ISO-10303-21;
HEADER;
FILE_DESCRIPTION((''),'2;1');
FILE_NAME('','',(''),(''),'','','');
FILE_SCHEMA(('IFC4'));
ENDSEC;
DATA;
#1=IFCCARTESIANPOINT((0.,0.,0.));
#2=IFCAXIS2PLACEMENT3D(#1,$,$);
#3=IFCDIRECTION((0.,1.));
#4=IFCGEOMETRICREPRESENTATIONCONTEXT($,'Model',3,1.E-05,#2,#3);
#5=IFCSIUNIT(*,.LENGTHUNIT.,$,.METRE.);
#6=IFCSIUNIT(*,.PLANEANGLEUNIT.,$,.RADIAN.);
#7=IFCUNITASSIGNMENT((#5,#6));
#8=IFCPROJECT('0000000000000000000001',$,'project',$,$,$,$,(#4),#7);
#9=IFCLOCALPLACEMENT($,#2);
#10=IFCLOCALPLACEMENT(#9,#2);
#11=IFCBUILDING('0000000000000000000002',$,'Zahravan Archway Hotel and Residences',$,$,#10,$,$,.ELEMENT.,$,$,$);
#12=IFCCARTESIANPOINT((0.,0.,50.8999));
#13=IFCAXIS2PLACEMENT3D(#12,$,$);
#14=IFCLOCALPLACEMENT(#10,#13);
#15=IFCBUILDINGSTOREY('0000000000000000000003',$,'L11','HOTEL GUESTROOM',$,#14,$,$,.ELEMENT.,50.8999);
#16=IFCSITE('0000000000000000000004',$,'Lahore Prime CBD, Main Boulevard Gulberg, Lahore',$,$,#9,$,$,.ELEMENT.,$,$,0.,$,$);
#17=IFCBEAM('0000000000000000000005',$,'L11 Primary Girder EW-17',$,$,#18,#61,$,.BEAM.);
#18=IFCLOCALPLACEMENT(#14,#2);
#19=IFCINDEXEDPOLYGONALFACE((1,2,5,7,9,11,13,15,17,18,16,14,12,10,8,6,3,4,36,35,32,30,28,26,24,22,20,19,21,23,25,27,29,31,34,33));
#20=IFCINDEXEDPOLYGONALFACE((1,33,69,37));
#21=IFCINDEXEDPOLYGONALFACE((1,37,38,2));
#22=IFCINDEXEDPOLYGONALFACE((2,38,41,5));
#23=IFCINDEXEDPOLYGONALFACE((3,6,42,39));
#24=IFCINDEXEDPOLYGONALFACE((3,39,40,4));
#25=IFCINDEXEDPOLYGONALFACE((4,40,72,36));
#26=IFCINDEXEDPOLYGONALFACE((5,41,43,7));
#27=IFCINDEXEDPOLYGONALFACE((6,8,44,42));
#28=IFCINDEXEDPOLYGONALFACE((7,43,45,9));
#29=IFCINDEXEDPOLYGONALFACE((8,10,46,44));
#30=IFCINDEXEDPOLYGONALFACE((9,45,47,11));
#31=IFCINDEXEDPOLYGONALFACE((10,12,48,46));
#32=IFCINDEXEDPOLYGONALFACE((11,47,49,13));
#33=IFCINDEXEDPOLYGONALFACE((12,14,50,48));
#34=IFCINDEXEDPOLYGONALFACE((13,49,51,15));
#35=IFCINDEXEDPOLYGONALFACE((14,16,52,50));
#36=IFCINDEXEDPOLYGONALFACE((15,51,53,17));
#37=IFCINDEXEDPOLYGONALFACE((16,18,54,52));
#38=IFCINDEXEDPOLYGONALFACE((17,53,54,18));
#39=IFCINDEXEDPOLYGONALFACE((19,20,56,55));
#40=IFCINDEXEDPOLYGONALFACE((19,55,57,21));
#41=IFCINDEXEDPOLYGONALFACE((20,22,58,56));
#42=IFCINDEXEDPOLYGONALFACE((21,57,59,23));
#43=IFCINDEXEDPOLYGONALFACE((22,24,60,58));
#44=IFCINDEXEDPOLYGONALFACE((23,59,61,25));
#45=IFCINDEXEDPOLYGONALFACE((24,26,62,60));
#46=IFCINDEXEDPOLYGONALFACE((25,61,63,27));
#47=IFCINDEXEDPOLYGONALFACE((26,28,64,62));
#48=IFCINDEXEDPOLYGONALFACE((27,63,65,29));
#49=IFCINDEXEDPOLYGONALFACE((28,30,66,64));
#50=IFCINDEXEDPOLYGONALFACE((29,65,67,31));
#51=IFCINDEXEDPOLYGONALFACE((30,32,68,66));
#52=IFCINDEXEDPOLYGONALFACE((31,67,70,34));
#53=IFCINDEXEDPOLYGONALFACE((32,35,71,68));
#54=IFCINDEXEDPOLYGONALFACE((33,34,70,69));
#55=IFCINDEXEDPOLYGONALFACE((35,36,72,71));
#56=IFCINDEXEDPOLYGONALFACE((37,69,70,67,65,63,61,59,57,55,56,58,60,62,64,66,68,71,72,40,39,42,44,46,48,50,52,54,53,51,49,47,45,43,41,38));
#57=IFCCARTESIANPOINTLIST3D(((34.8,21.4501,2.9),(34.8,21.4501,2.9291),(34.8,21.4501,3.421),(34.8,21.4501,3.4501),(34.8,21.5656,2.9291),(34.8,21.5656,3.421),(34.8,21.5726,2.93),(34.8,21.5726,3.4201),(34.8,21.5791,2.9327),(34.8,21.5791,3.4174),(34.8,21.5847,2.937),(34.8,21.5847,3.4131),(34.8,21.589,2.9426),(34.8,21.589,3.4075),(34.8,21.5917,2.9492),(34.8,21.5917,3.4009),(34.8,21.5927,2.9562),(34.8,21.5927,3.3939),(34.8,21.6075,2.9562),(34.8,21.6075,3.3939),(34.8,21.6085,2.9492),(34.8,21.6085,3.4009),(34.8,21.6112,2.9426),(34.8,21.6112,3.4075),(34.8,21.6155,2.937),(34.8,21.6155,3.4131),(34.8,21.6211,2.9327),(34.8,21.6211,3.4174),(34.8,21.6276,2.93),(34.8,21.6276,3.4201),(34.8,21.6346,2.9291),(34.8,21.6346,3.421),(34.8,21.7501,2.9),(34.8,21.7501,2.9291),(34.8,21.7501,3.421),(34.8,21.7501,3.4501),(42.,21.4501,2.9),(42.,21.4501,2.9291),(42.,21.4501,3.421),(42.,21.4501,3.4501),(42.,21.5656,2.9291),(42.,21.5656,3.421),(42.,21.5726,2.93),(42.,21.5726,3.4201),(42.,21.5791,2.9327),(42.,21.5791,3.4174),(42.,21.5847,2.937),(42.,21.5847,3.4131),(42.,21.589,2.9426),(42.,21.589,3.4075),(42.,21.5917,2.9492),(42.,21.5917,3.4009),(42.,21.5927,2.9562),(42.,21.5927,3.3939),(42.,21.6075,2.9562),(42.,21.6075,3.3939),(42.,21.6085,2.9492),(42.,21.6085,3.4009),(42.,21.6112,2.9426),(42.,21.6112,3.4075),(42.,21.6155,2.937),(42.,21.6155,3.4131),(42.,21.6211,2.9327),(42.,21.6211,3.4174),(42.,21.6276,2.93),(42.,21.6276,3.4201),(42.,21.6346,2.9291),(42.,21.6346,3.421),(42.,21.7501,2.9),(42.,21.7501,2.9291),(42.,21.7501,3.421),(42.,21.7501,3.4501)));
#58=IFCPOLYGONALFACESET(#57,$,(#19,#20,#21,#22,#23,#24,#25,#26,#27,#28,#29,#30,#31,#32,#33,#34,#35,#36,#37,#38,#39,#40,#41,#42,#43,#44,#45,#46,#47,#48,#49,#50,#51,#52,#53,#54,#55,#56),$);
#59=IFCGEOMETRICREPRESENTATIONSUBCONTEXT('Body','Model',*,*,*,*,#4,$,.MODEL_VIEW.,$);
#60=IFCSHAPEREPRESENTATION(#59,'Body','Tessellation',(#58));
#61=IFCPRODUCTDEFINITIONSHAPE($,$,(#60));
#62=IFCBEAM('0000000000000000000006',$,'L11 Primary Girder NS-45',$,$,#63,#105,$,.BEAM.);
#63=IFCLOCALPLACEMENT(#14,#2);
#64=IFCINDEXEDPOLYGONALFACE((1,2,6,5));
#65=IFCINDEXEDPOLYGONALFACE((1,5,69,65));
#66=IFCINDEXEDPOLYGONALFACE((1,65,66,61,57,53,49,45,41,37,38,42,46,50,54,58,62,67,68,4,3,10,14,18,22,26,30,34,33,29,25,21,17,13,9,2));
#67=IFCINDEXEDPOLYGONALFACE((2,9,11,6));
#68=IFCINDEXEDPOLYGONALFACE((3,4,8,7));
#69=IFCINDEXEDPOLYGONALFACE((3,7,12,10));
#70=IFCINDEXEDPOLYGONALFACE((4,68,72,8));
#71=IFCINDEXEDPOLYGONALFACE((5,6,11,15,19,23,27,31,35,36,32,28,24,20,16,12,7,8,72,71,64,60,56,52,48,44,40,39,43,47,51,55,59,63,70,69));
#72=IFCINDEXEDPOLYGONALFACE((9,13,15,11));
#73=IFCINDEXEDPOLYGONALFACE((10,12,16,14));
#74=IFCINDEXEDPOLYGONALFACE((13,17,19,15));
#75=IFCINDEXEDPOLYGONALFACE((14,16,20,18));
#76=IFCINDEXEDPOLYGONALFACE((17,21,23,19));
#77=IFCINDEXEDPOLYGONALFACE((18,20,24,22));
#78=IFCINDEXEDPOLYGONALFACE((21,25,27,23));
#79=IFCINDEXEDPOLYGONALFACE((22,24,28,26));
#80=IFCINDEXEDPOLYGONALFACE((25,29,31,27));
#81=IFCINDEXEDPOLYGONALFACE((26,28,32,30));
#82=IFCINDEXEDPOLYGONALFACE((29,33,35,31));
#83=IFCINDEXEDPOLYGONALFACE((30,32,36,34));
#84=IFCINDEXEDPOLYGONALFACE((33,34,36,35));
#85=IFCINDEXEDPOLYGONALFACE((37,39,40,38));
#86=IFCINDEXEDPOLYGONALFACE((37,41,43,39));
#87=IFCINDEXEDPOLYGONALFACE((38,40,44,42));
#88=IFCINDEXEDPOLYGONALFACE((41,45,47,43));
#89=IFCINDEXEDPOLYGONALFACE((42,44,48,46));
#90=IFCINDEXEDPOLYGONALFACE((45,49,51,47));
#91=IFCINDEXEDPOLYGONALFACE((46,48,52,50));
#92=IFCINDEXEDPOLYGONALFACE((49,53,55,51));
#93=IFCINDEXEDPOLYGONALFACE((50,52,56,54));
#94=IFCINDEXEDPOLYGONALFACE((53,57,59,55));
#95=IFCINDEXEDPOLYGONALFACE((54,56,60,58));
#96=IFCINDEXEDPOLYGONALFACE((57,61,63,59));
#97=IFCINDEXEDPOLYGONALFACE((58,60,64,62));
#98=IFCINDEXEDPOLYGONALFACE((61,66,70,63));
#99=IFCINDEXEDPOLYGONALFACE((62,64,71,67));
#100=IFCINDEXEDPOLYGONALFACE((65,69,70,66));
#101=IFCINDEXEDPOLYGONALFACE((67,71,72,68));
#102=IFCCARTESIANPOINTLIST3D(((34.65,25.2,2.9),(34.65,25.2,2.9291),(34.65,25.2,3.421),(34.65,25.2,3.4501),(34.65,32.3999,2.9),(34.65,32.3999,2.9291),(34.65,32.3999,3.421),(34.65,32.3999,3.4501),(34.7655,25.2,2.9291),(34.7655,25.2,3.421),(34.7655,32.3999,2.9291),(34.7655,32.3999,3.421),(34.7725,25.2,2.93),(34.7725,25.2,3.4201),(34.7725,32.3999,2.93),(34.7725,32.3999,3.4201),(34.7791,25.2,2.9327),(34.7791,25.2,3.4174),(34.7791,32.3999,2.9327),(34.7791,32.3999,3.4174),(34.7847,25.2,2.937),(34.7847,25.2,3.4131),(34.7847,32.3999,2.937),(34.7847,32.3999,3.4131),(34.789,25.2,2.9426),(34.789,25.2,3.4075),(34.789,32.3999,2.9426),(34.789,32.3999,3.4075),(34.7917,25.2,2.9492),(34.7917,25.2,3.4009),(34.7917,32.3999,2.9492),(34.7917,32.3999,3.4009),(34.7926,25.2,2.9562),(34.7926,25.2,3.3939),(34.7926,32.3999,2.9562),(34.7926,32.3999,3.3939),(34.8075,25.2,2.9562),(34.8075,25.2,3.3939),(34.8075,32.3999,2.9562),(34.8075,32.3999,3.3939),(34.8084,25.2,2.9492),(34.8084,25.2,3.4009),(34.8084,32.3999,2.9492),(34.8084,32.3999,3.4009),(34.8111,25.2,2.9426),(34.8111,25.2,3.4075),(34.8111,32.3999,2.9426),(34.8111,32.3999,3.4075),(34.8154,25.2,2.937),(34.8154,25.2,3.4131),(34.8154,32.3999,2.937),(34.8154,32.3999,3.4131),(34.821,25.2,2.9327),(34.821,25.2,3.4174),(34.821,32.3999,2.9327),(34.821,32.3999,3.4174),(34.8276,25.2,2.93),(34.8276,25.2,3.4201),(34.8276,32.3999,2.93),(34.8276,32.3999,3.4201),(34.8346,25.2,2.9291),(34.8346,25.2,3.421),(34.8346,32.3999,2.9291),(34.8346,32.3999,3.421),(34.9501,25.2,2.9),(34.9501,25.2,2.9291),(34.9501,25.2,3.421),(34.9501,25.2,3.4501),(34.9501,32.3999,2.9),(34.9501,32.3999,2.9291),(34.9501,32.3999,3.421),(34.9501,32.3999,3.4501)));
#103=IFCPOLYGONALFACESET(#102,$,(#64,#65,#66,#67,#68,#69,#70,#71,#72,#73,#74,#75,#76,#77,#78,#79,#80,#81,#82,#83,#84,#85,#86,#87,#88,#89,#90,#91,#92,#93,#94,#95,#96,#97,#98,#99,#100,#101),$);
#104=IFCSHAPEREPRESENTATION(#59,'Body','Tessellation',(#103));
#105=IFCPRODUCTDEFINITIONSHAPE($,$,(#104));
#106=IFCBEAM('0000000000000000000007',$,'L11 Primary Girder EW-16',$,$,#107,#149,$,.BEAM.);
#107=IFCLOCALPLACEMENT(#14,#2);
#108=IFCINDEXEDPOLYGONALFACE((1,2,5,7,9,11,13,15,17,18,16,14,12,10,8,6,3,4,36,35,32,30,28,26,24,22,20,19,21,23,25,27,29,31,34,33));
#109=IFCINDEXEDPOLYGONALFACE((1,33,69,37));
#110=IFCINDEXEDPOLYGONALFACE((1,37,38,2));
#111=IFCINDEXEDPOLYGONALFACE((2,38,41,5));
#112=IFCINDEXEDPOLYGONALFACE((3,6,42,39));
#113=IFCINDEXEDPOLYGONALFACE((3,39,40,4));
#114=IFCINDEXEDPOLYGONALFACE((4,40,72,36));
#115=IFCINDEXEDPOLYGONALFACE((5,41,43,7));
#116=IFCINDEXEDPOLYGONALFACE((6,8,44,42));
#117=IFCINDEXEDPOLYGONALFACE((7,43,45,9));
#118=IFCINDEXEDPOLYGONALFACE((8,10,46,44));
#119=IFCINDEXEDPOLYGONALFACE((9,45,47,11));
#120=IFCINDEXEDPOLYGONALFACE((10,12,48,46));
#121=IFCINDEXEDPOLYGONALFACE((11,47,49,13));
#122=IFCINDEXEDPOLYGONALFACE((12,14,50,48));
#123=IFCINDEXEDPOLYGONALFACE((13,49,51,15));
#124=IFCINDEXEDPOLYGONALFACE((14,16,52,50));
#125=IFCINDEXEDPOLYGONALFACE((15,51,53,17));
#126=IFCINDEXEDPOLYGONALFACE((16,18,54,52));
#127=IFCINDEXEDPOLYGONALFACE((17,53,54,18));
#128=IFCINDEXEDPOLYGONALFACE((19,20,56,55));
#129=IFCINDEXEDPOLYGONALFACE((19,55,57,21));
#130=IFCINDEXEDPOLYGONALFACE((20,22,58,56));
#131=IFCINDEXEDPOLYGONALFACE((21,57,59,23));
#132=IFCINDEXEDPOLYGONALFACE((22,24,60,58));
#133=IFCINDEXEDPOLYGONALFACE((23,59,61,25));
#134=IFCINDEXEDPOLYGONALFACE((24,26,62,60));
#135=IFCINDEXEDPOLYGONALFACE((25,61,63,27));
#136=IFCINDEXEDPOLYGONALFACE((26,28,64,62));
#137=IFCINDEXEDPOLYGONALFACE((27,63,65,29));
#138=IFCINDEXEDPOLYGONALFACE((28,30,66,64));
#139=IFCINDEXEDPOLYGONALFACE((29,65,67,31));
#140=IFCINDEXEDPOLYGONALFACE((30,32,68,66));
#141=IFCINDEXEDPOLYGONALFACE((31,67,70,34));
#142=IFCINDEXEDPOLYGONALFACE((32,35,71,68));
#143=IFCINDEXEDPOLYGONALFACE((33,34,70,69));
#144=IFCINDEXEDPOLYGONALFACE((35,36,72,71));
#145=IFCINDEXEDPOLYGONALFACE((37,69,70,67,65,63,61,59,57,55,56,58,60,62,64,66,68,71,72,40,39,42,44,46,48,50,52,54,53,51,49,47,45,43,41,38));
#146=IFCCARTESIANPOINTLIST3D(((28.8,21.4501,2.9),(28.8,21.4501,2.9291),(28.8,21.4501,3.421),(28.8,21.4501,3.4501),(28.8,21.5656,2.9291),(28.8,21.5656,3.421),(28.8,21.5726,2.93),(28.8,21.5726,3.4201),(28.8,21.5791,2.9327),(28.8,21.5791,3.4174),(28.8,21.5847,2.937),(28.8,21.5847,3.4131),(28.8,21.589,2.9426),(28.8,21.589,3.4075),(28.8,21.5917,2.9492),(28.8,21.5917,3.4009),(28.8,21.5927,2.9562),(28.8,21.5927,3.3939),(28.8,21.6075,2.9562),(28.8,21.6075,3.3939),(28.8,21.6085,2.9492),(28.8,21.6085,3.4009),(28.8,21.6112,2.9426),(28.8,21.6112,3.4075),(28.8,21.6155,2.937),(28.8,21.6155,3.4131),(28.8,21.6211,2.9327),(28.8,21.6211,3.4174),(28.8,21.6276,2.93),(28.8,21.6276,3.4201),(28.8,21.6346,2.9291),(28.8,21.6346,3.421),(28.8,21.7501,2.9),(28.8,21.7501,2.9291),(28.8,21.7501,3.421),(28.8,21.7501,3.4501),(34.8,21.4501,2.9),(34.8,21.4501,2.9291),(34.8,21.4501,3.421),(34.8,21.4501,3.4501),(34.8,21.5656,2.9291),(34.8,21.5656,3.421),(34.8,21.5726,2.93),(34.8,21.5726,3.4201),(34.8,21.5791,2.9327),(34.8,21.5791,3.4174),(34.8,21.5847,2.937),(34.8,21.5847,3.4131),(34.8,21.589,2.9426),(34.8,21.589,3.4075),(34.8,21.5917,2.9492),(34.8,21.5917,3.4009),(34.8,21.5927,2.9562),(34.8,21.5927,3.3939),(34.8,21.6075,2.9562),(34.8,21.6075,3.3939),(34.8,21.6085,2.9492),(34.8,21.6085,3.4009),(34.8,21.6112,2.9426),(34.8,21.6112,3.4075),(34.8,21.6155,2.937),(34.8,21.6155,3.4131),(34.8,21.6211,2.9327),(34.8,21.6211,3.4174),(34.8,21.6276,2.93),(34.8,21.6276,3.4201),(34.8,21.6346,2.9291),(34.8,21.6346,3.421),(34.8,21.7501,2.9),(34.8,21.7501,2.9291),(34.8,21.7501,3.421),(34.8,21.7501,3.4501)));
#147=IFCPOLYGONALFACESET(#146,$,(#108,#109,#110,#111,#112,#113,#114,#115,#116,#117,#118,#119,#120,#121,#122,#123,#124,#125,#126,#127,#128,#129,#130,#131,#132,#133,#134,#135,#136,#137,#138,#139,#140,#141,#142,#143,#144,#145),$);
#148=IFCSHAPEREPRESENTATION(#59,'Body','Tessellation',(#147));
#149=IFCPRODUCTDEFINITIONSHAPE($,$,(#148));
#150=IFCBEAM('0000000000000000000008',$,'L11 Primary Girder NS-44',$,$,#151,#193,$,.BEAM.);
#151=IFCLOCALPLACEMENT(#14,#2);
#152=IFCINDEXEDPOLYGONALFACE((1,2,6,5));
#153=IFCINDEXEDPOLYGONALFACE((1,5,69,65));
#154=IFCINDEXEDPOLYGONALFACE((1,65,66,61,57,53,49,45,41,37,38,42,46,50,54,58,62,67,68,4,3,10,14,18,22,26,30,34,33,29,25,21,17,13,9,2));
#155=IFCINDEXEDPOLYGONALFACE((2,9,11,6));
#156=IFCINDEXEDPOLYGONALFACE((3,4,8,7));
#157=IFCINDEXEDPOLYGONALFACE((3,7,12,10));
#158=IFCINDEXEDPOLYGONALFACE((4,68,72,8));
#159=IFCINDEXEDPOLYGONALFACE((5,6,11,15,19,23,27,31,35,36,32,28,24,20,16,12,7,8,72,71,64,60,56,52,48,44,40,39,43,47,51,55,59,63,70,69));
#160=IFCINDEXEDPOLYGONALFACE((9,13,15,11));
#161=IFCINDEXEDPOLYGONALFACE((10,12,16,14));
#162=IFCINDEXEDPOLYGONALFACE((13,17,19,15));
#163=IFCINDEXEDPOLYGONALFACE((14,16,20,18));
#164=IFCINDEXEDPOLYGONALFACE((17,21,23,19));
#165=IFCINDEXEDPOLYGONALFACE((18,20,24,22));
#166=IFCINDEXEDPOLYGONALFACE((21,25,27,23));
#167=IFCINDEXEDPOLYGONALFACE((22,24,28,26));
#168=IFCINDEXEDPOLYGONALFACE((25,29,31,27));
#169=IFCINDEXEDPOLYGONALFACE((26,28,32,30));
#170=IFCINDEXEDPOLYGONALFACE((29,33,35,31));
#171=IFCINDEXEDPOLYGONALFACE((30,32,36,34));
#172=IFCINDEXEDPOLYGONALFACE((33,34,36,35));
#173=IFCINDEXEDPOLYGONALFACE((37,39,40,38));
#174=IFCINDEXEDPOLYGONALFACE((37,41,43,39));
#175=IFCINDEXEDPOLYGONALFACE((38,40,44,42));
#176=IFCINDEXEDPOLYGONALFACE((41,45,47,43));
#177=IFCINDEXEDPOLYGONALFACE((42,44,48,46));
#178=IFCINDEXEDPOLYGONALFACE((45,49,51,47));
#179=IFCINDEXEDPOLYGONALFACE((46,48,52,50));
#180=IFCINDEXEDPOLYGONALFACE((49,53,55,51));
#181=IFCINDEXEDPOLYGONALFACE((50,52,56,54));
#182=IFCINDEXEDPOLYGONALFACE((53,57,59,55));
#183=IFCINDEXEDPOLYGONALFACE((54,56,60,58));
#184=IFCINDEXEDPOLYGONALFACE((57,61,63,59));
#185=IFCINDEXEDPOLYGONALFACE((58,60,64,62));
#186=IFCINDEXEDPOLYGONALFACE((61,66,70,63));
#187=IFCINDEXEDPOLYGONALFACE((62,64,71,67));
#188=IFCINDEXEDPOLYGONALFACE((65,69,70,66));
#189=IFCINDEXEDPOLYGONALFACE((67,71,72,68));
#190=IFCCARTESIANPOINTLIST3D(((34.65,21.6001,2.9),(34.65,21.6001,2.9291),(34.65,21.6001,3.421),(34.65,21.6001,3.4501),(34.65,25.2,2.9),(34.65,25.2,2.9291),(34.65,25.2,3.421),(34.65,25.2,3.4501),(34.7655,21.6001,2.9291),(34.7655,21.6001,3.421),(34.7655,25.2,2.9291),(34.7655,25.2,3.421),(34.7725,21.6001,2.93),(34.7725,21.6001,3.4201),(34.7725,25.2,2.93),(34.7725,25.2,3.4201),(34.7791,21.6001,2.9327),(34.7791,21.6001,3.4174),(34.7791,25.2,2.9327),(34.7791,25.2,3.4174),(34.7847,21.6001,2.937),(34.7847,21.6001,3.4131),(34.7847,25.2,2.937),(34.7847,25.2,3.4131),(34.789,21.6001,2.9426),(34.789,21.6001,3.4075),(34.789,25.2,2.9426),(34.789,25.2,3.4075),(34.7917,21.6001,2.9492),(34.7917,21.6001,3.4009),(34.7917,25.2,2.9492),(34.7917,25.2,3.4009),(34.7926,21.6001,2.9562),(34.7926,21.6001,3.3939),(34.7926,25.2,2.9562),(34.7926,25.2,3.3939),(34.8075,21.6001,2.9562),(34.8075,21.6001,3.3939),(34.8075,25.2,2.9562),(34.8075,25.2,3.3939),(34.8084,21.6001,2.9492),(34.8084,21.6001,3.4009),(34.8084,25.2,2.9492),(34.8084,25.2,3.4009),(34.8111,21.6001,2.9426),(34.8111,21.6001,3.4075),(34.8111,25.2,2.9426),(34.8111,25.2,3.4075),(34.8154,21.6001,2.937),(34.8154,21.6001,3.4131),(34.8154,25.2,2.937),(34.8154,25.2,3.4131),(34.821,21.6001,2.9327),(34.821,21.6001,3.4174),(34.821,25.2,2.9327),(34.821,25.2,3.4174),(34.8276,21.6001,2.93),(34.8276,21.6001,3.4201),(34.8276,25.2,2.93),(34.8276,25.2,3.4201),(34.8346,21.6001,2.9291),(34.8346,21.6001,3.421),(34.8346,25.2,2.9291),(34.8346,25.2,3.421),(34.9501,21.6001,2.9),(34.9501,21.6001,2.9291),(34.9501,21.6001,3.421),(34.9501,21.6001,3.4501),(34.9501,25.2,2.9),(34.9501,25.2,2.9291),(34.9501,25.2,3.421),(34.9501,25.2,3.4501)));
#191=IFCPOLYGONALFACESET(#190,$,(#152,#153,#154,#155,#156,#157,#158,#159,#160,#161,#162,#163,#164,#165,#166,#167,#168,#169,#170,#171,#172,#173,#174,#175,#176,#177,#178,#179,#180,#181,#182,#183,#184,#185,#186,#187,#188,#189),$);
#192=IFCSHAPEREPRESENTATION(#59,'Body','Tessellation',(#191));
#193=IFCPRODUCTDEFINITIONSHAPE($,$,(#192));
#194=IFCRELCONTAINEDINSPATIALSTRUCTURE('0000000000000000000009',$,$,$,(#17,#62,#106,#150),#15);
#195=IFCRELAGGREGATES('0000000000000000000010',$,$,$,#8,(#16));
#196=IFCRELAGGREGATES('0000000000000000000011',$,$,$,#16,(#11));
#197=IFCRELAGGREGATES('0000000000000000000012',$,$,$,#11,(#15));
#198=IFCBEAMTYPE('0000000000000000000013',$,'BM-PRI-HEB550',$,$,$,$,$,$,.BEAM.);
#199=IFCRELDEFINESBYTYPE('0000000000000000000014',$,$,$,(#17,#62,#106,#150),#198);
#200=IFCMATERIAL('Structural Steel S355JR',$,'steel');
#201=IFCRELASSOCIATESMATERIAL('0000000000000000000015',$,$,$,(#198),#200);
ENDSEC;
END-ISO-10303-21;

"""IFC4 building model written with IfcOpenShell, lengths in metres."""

from ifc_helpers import new_model, si_unit, direction, frame, origin, origin_2d, place, context, subcontext, project, spatial, i_section, extrude, source, transform, mapped, material, material_profile, profile_set, type_object, element, save


model = new_model("IFC4")

# Units and contexts
model_context = context("Model", 3, precision=1e-05, world=origin(), true_north=direction((0.0, 1.0)))
body_context = subcontext(model_context, "Body", "Model", "MODEL_VIEW")
ifc_project = project(units=[si_unit("LENGTHUNIT", "METRE"), si_unit("PLANEANGLEUNIT", "RADIAN")], contexts=[model_context])

# Site, building, storey
site_placement = place(None, origin())
site = spatial("IfcSite", under=ifc_project, at=site_placement, Name="Lahore Prime CBD, Main Boulevard Gulberg, Lahore", CompositionType="ELEMENT", RefElevation=0.0)
building_placement = place(site_placement, origin())
building = spatial("IfcBuilding", under=site, at=building_placement, Name="Zahravan Archway Hotel and Residences", CompositionType="ELEMENT")
storey_placement = place(building_placement, frame((0.0, 0.0, 50.8999)))
storey = spatial("IfcBuildingStorey", under=building, at=storey_placement, Name="L11", Description="HOTEL GUESTROOM", CompositionType="ELEMENT", Elevation=50.8999)

# Beams
ifc_material_1 = material(Name="Structural Steel S355JR", Category="steel")
ifc_material_profile_1 = material_profile(ifc_material_1, i_section(OverallWidth=0.3, OverallDepth=0.55, WebThickness=0.0149, FlangeThickness=0.0291, FilletRadius=0.0271, at=origin_2d()), Name="HEB 550", Category="steel")
ifc_profile_set_1 = profile_set([ifc_material_profile_1], Name="Structural Steel S355JR")
beam_type_1 = type_object("IfcBeamType", Name="BM-PRI-HEB550", PredefinedType="BEAM", material=ifc_profile_set_1)
shared_shape_1 = source(origin(), body_context, "Body", "SweptSolid", [
    extrude(i_section(OverallWidth=0.3, OverallDepth=0.55, WebThickness=0.0149, FlangeThickness=0.0291, FilletRadius=0.0271, at=origin_2d()), origin(), (0.0, 0.0, 1.0), 7.2),
])
for number, where, z_axis, x_axis, name in (
    (1, (34.8, 21.6001, 3.175), (1.0, 0.0, 0.0), (0.0, 1.0, 0.0), "L11 Primary Girder EW-17"),
    (2, (34.8, 25.2, 3.175), (0.0, 1.0, 0.0), (-1.0, 0.0, 0.0), "L11 Primary Girder NS-45"),
):
    element("IfcBeam", number, at=place(storey_placement, frame(where, z_axis=z_axis, x_axis=x_axis)), inside=storey, type_object=beam_type_1, Name=name, PredefinedType="BEAM", context=body_context, shape_type="MappedRepresentation", body=[
        mapped(shared_shape_1, transform((0.0, 0.0, 0.0), scale=1.0)),
    ])
shared_shape_2 = source(origin(), body_context, "Body", "SweptSolid", [
    extrude(i_section(OverallWidth=0.3, OverallDepth=0.55, WebThickness=0.0149, FlangeThickness=0.0291, FilletRadius=0.0271, at=origin_2d()), origin(), (0.0, 0.0, 1.0), 6.0),
])
beam_1_placement = place(storey_placement, frame((28.8, 21.6001, 3.175), z_axis=(1.0, 0.0, 0.0), x_axis=(0.0, 1.0, 0.0)))
element("IfcBeam", 3, at=beam_1_placement, inside=storey, type_object=beam_type_1, Name="L11 Primary Girder EW-16", PredefinedType="BEAM", context=body_context, shape_type="MappedRepresentation", body=[
    mapped(shared_shape_2, transform((0.0, 0.0, 0.0), scale=1.0)),
])
shared_shape_3 = source(origin(), body_context, "Body", "SweptSolid", [
    extrude(i_section(OverallWidth=0.3, OverallDepth=0.55, WebThickness=0.0149, FlangeThickness=0.0291, FilletRadius=0.0271, at=origin_2d()), origin(), (0.0, 0.0, 1.0), 3.5999),
])
beam_2_placement = place(storey_placement, frame((34.8, 21.6001, 3.175), z_axis=(0.0, 1.0, 0.0), x_axis=(-1.0, 0.0, 0.0)))
element("IfcBeam", 4, at=beam_2_placement, inside=storey, type_object=beam_type_1, Name="L11 Primary Girder NS-44", PredefinedType="BEAM", context=body_context, shape_type="MappedRepresentation", body=[
    mapped(shared_shape_3, transform((0.0, 0.0, 0.0), scale=1.0)),
])

save(model, "model.ifc")
